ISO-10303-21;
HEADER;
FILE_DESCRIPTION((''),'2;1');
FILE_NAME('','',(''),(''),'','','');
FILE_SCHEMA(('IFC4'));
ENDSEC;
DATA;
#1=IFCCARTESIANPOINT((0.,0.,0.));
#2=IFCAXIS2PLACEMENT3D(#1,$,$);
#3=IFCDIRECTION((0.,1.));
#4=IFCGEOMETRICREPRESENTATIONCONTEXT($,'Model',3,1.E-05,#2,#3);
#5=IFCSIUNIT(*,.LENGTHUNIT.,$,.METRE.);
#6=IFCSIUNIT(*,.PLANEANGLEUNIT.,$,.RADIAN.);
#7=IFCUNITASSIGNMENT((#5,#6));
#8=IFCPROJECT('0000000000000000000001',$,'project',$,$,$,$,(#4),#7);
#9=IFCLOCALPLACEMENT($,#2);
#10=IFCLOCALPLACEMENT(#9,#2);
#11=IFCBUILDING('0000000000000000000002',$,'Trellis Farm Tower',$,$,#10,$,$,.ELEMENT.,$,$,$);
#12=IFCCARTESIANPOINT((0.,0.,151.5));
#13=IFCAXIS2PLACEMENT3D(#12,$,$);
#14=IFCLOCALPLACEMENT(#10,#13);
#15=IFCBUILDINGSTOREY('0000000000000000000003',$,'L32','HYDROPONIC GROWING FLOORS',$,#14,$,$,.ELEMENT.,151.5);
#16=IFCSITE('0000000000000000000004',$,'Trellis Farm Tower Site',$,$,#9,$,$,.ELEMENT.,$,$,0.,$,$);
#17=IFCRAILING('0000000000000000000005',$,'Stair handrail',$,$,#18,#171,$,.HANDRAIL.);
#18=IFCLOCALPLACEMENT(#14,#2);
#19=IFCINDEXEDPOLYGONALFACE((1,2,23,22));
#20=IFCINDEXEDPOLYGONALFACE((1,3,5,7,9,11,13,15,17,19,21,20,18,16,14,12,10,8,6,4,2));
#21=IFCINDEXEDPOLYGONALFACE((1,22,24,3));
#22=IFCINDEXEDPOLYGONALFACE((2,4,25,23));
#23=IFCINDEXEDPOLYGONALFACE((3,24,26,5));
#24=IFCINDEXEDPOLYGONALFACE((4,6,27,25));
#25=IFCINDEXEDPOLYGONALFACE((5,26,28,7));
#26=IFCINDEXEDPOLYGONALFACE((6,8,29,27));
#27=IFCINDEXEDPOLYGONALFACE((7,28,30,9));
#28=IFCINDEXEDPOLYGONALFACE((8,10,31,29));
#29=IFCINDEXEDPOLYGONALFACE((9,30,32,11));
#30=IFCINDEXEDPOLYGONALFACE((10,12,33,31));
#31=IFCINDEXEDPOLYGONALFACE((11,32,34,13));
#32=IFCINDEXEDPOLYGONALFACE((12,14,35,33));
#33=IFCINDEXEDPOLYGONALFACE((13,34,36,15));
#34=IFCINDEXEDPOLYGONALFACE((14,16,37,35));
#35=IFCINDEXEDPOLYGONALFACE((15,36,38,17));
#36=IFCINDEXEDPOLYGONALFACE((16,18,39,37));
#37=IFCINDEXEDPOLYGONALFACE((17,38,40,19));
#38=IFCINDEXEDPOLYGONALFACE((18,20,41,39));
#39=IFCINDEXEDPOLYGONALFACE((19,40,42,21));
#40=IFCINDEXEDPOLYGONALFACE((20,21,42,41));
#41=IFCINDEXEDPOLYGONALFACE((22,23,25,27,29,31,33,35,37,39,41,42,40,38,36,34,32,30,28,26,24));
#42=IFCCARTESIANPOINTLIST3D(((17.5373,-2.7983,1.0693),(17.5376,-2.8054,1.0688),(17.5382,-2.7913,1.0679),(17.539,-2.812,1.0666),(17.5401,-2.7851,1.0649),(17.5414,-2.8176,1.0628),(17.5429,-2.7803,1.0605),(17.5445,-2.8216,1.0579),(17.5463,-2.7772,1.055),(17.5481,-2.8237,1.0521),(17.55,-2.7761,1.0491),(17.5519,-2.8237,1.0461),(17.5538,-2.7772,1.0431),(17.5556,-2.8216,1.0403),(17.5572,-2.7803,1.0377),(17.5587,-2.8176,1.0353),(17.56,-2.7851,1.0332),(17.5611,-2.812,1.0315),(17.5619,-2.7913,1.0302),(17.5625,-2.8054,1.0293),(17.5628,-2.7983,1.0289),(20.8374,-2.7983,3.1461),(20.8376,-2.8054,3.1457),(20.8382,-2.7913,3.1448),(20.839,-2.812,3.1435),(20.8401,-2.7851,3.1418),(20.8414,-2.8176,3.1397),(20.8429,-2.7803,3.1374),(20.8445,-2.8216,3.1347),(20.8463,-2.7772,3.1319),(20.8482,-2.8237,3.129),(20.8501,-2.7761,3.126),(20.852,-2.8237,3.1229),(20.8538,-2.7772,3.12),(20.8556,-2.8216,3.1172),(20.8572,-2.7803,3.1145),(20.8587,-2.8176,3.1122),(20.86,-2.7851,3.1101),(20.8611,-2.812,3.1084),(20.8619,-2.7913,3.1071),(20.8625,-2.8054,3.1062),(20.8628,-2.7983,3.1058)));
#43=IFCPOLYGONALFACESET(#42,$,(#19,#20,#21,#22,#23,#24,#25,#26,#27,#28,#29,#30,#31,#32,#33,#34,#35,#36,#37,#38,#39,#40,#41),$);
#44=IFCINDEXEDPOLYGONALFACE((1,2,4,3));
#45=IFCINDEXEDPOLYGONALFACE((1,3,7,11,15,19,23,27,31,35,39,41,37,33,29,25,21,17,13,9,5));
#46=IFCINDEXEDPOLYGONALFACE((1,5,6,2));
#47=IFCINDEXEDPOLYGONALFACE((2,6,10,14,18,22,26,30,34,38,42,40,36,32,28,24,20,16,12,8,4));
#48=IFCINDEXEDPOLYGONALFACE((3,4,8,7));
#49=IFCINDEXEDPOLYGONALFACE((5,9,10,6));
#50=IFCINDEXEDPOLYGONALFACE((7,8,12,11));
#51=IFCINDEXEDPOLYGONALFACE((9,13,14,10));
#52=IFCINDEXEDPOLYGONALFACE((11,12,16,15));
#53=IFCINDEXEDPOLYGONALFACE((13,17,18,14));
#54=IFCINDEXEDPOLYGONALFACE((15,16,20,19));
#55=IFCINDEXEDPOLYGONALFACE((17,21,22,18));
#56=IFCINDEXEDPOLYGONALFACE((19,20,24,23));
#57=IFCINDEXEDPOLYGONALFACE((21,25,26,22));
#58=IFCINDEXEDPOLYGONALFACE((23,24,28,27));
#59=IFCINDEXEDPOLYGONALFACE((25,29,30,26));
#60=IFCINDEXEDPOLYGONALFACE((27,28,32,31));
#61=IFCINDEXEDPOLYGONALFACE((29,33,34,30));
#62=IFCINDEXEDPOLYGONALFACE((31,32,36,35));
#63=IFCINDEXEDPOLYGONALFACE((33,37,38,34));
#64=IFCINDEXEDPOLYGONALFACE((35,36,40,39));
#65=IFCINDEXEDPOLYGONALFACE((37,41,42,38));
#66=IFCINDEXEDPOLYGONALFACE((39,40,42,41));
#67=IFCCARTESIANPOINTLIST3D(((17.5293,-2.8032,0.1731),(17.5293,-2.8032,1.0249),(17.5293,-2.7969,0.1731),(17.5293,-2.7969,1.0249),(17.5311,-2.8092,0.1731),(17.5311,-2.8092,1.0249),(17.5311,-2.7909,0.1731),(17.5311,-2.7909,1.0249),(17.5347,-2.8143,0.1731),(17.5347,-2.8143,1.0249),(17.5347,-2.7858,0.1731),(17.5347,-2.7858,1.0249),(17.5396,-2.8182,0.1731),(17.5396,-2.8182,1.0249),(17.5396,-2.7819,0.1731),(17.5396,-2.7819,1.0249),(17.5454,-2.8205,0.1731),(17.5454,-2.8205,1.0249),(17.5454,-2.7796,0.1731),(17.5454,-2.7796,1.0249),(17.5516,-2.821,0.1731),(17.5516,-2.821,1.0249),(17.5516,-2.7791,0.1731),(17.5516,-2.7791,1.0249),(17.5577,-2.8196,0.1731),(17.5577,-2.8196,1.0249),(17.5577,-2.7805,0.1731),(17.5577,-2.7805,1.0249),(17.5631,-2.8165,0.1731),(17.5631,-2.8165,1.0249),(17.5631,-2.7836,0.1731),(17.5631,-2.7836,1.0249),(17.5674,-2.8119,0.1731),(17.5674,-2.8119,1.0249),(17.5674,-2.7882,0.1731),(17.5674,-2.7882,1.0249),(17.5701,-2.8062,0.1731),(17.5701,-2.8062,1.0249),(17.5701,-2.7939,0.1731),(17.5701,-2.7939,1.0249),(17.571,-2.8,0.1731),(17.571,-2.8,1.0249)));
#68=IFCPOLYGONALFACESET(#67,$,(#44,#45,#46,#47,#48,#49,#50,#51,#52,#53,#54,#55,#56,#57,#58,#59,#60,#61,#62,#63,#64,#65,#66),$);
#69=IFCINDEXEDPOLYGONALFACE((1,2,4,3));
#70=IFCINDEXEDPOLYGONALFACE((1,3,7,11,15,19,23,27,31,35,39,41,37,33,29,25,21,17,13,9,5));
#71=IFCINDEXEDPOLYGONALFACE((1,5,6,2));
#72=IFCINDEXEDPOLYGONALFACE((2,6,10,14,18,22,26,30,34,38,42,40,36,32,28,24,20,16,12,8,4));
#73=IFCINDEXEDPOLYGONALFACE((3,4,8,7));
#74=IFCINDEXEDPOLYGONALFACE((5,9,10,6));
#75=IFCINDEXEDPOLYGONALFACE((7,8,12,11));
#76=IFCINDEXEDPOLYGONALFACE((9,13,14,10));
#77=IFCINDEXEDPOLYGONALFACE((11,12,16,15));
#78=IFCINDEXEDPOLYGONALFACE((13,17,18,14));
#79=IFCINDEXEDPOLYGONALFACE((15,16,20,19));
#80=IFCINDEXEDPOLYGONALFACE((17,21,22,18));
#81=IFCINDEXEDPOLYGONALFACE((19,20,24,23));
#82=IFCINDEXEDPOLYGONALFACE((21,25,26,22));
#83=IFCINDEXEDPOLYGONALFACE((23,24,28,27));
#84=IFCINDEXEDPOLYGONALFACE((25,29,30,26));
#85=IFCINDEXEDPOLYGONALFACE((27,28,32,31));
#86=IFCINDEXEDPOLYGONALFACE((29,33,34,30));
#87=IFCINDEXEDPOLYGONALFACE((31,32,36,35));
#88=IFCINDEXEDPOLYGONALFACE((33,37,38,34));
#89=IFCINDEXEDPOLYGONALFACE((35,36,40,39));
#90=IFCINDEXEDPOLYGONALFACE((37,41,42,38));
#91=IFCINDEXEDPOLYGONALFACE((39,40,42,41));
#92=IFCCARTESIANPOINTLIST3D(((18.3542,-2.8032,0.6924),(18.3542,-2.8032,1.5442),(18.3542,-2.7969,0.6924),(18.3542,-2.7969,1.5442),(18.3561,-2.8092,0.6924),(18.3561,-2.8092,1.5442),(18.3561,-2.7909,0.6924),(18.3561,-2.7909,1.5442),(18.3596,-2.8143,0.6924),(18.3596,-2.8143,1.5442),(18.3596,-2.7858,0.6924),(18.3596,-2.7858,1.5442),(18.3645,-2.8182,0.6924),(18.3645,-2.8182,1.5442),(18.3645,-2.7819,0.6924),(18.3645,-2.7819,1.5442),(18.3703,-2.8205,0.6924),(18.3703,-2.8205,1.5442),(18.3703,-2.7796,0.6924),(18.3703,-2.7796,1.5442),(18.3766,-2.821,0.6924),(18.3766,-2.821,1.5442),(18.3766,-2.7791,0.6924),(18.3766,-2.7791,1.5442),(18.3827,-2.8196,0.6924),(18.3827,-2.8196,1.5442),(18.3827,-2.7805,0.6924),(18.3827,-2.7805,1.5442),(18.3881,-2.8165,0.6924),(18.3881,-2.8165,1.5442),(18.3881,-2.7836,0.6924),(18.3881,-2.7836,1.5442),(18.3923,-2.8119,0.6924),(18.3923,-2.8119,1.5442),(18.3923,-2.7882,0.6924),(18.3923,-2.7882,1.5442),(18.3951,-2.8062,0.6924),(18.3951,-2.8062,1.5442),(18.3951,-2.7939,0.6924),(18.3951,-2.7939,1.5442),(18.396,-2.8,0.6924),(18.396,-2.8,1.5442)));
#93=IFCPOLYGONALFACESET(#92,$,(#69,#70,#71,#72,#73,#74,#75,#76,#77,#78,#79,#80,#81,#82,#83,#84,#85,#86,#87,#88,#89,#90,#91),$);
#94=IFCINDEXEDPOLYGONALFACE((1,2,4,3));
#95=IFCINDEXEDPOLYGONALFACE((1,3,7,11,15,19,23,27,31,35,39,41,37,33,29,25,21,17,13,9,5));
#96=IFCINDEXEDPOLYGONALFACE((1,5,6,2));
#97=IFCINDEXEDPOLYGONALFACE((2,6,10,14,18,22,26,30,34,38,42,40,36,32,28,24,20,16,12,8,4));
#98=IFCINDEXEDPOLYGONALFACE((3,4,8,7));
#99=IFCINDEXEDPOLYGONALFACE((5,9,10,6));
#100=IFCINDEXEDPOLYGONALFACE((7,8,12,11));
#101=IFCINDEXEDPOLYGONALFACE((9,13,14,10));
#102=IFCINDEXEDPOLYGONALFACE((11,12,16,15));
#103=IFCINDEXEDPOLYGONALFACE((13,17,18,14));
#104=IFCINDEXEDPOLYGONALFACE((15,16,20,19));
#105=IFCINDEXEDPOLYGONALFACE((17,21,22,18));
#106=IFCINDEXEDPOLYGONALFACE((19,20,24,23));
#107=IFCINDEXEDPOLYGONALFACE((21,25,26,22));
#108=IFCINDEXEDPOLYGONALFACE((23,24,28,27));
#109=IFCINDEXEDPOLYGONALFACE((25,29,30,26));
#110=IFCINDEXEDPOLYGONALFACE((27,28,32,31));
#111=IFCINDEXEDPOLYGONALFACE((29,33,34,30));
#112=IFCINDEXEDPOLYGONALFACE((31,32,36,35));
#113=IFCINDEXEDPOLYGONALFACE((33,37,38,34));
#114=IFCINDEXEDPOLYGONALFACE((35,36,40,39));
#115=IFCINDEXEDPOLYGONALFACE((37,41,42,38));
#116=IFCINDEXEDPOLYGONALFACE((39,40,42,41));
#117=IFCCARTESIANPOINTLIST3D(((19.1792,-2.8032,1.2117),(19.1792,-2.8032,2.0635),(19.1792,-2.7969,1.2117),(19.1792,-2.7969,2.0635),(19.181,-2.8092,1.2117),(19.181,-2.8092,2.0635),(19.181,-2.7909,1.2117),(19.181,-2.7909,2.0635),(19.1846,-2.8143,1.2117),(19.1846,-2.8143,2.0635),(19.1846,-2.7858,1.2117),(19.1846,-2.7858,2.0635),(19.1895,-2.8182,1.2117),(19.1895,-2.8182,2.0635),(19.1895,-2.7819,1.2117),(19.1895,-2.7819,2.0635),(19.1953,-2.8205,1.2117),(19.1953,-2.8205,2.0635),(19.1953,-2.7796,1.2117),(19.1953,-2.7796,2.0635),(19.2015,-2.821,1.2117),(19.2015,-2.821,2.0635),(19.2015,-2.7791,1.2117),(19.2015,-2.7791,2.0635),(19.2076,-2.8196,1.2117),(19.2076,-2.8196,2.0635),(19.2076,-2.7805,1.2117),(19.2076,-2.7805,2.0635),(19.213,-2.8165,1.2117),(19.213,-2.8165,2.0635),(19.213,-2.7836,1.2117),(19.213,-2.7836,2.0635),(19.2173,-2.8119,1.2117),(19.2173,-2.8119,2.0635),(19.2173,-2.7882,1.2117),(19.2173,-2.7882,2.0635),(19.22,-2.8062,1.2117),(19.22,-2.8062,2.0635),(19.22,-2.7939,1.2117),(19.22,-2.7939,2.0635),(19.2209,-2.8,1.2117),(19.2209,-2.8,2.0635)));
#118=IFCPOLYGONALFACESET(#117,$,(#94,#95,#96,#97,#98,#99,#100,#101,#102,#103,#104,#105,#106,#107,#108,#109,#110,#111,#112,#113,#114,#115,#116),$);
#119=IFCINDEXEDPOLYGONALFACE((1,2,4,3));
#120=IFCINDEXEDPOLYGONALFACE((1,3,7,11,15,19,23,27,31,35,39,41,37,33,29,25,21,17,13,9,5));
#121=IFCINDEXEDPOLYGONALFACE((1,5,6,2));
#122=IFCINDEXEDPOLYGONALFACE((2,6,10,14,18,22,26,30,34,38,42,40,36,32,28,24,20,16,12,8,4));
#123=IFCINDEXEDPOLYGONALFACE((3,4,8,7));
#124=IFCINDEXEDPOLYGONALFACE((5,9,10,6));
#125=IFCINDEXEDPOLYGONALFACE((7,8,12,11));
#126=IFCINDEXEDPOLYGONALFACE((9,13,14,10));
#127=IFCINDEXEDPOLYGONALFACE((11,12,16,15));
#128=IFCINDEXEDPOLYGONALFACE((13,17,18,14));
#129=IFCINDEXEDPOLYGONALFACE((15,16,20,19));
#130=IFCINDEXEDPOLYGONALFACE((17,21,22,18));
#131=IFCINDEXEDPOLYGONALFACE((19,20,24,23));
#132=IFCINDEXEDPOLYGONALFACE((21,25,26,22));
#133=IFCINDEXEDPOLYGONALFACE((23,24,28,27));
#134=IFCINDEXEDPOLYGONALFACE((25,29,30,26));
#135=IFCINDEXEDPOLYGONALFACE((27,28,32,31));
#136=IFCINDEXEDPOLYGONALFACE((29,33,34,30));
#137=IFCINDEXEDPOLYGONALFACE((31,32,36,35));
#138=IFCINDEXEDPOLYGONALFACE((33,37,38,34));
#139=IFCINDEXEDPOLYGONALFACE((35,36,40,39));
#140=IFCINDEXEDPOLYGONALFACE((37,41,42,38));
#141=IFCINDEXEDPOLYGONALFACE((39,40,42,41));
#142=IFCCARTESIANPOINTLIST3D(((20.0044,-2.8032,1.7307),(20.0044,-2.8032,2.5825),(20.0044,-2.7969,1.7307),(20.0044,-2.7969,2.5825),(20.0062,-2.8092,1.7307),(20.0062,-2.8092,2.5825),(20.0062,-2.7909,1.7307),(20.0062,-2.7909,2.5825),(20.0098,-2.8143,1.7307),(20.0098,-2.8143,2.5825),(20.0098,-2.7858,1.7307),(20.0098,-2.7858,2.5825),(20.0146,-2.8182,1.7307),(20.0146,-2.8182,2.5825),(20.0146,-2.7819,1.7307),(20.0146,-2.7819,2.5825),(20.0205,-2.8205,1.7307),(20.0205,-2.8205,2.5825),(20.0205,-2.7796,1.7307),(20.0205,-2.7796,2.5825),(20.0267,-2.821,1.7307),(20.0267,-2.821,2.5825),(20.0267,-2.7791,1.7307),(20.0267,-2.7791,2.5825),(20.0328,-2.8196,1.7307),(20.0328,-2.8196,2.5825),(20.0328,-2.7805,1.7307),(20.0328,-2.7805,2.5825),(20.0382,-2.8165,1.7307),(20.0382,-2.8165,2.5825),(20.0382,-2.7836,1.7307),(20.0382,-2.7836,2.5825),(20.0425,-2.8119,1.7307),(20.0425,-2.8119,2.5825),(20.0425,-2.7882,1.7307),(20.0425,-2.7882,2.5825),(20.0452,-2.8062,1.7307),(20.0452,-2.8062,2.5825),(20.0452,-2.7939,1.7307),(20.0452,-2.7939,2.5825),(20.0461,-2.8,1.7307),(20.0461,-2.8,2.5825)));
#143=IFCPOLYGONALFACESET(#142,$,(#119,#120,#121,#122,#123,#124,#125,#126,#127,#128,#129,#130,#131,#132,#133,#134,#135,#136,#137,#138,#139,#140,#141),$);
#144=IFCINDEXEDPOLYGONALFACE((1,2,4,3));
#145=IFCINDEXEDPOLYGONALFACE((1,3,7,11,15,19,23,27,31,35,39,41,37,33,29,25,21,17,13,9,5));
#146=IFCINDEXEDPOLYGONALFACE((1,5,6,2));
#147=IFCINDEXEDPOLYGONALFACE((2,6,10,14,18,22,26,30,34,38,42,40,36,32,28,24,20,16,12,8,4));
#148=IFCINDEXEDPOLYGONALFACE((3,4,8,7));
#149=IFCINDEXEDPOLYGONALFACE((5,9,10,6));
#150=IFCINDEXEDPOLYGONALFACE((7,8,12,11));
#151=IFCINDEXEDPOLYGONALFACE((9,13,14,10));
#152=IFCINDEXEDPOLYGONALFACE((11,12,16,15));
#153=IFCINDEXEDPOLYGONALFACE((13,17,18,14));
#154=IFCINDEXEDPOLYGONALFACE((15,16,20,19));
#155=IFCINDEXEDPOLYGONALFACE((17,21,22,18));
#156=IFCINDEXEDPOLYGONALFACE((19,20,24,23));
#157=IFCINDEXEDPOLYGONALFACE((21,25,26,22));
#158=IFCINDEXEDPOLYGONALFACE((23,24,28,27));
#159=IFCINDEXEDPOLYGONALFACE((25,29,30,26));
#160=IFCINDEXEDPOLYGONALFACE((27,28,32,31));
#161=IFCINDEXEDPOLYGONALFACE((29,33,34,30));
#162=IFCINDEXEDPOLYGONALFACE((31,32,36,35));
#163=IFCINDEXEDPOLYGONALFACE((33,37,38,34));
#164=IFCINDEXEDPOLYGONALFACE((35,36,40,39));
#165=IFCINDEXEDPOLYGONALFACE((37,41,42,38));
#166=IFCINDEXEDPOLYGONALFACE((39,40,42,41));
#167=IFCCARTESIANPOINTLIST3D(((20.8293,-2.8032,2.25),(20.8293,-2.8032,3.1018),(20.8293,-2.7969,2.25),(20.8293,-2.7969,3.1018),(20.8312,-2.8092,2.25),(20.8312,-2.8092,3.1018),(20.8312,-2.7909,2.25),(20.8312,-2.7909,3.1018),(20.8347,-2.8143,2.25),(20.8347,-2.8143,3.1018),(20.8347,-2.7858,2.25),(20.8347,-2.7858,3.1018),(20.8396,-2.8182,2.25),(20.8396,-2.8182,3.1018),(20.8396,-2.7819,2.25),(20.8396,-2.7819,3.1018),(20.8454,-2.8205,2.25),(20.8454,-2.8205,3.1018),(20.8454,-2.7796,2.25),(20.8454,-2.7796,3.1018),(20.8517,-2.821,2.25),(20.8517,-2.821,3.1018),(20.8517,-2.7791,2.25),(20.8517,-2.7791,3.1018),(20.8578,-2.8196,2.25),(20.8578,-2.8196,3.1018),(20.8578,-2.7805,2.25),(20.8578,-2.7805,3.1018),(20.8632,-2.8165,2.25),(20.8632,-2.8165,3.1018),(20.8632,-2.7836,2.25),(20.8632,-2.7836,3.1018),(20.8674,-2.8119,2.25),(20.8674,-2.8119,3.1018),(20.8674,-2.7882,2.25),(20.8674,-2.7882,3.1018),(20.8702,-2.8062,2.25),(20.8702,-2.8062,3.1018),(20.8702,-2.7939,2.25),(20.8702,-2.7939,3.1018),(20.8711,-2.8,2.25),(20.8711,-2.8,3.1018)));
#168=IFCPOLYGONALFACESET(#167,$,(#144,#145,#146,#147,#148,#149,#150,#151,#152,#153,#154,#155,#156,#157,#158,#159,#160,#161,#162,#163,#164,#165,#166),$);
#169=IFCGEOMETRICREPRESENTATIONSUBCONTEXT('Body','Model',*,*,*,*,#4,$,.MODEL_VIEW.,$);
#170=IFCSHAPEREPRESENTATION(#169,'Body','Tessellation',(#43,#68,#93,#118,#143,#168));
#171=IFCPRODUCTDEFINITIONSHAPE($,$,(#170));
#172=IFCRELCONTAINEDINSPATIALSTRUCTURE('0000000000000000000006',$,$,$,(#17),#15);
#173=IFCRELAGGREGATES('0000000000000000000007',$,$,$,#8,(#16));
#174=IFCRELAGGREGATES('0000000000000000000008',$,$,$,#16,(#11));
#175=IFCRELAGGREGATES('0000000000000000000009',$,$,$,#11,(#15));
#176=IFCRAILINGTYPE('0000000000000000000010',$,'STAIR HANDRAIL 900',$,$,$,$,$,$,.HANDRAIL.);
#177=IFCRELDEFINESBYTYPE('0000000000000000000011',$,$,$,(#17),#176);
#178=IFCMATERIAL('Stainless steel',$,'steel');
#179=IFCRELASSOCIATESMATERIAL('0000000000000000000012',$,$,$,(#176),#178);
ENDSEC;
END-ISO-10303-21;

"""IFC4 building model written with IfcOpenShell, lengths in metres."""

from ifc_helpers import new_model, si_unit, direction, frame, origin, origin_2d, place, context, subcontext, project, spatial, circle, extrude, source, transform, mapped, material, type_object, element, save


model = new_model("IFC4")

# Units and contexts
model_context = context("Model", 3, precision=1e-05, world=origin(), true_north=direction((0.0, 1.0)))
body_context = subcontext(model_context, "Body", "Model", "MODEL_VIEW")
ifc_project = project(units=[si_unit("LENGTHUNIT", "METRE"), si_unit("PLANEANGLEUNIT", "RADIAN")], contexts=[model_context])

# Site, building, storey
site_placement = place(None, origin())
site = spatial("IfcSite", under=ifc_project, at=site_placement, Name="Trellis Farm Tower Site", CompositionType="ELEMENT", RefElevation=0.0)
building_placement = place(site_placement, origin())
building = spatial("IfcBuilding", under=site, at=building_placement, Name="Trellis Farm Tower", CompositionType="ELEMENT")
storey_placement = place(building_placement, frame((0.0, 0.0, 151.5)))
storey = spatial("IfcBuildingStorey", under=building, at=storey_placement, Name="L32", Description="HYDROPONIC GROWING FLOORS", CompositionType="ELEMENT", Elevation=151.5)

# Shared definitions
ifc_material_1 = material(Name="Stainless steel", Category="steel")

# Railing
railing_type = type_object("IfcRailingType", Name="STAIR HANDRAIL 900", PredefinedType="HANDRAIL", material=ifc_material_1)
shared_shape_1 = source(origin(), body_context, "Body", "SweptSolid", [
    extrude(circle(Radius=0.0239, at=origin_2d()), frame((0.0, 0.0, 0.876), z_axis=(0.846337, 0.0, 0.532647), x_axis=(0.0, 1.0, 0.0)), (0.0, 0.0, 1.0), 3.8992),
    extrude(circle(Radius=0.021, at=origin_2d()), origin(), (0.0, 0.0, 1.0), 0.8518),
    extrude(circle(Radius=0.021, at=origin_2d()), frame((0.825, 0.0, 0.5193)), (0.0, 0.0, 1.0), 0.8518),
    extrude(circle(Radius=0.021, at=origin_2d()), frame((1.6499, 0.0, 1.0386)), (0.0, 0.0, 1.0), 0.8518),
    extrude(circle(Radius=0.021, at=origin_2d()), frame((2.4751, 0.0, 1.5576)), (0.0, 0.0, 1.0), 0.8518),
    extrude(circle(Radius=0.021, at=origin_2d()), frame((3.3, 0.0, 2.0769)), (0.0, 0.0, 1.0), 0.8518),
])
for number, where, name in (
    (1, (17.55, -2.8, 0.1731), "Stair handrail"),
):
    element("IfcRailing", number, at=place(storey_placement, frame(where)), inside=storey, type_object=railing_type, Name=name, PredefinedType="HANDRAIL", context=body_context, shape_type="MappedRepresentation", body=[
        mapped(shared_shape_1, transform((0.0, 0.0, 0.0))),
    ])

save(model, "model.ifc")
